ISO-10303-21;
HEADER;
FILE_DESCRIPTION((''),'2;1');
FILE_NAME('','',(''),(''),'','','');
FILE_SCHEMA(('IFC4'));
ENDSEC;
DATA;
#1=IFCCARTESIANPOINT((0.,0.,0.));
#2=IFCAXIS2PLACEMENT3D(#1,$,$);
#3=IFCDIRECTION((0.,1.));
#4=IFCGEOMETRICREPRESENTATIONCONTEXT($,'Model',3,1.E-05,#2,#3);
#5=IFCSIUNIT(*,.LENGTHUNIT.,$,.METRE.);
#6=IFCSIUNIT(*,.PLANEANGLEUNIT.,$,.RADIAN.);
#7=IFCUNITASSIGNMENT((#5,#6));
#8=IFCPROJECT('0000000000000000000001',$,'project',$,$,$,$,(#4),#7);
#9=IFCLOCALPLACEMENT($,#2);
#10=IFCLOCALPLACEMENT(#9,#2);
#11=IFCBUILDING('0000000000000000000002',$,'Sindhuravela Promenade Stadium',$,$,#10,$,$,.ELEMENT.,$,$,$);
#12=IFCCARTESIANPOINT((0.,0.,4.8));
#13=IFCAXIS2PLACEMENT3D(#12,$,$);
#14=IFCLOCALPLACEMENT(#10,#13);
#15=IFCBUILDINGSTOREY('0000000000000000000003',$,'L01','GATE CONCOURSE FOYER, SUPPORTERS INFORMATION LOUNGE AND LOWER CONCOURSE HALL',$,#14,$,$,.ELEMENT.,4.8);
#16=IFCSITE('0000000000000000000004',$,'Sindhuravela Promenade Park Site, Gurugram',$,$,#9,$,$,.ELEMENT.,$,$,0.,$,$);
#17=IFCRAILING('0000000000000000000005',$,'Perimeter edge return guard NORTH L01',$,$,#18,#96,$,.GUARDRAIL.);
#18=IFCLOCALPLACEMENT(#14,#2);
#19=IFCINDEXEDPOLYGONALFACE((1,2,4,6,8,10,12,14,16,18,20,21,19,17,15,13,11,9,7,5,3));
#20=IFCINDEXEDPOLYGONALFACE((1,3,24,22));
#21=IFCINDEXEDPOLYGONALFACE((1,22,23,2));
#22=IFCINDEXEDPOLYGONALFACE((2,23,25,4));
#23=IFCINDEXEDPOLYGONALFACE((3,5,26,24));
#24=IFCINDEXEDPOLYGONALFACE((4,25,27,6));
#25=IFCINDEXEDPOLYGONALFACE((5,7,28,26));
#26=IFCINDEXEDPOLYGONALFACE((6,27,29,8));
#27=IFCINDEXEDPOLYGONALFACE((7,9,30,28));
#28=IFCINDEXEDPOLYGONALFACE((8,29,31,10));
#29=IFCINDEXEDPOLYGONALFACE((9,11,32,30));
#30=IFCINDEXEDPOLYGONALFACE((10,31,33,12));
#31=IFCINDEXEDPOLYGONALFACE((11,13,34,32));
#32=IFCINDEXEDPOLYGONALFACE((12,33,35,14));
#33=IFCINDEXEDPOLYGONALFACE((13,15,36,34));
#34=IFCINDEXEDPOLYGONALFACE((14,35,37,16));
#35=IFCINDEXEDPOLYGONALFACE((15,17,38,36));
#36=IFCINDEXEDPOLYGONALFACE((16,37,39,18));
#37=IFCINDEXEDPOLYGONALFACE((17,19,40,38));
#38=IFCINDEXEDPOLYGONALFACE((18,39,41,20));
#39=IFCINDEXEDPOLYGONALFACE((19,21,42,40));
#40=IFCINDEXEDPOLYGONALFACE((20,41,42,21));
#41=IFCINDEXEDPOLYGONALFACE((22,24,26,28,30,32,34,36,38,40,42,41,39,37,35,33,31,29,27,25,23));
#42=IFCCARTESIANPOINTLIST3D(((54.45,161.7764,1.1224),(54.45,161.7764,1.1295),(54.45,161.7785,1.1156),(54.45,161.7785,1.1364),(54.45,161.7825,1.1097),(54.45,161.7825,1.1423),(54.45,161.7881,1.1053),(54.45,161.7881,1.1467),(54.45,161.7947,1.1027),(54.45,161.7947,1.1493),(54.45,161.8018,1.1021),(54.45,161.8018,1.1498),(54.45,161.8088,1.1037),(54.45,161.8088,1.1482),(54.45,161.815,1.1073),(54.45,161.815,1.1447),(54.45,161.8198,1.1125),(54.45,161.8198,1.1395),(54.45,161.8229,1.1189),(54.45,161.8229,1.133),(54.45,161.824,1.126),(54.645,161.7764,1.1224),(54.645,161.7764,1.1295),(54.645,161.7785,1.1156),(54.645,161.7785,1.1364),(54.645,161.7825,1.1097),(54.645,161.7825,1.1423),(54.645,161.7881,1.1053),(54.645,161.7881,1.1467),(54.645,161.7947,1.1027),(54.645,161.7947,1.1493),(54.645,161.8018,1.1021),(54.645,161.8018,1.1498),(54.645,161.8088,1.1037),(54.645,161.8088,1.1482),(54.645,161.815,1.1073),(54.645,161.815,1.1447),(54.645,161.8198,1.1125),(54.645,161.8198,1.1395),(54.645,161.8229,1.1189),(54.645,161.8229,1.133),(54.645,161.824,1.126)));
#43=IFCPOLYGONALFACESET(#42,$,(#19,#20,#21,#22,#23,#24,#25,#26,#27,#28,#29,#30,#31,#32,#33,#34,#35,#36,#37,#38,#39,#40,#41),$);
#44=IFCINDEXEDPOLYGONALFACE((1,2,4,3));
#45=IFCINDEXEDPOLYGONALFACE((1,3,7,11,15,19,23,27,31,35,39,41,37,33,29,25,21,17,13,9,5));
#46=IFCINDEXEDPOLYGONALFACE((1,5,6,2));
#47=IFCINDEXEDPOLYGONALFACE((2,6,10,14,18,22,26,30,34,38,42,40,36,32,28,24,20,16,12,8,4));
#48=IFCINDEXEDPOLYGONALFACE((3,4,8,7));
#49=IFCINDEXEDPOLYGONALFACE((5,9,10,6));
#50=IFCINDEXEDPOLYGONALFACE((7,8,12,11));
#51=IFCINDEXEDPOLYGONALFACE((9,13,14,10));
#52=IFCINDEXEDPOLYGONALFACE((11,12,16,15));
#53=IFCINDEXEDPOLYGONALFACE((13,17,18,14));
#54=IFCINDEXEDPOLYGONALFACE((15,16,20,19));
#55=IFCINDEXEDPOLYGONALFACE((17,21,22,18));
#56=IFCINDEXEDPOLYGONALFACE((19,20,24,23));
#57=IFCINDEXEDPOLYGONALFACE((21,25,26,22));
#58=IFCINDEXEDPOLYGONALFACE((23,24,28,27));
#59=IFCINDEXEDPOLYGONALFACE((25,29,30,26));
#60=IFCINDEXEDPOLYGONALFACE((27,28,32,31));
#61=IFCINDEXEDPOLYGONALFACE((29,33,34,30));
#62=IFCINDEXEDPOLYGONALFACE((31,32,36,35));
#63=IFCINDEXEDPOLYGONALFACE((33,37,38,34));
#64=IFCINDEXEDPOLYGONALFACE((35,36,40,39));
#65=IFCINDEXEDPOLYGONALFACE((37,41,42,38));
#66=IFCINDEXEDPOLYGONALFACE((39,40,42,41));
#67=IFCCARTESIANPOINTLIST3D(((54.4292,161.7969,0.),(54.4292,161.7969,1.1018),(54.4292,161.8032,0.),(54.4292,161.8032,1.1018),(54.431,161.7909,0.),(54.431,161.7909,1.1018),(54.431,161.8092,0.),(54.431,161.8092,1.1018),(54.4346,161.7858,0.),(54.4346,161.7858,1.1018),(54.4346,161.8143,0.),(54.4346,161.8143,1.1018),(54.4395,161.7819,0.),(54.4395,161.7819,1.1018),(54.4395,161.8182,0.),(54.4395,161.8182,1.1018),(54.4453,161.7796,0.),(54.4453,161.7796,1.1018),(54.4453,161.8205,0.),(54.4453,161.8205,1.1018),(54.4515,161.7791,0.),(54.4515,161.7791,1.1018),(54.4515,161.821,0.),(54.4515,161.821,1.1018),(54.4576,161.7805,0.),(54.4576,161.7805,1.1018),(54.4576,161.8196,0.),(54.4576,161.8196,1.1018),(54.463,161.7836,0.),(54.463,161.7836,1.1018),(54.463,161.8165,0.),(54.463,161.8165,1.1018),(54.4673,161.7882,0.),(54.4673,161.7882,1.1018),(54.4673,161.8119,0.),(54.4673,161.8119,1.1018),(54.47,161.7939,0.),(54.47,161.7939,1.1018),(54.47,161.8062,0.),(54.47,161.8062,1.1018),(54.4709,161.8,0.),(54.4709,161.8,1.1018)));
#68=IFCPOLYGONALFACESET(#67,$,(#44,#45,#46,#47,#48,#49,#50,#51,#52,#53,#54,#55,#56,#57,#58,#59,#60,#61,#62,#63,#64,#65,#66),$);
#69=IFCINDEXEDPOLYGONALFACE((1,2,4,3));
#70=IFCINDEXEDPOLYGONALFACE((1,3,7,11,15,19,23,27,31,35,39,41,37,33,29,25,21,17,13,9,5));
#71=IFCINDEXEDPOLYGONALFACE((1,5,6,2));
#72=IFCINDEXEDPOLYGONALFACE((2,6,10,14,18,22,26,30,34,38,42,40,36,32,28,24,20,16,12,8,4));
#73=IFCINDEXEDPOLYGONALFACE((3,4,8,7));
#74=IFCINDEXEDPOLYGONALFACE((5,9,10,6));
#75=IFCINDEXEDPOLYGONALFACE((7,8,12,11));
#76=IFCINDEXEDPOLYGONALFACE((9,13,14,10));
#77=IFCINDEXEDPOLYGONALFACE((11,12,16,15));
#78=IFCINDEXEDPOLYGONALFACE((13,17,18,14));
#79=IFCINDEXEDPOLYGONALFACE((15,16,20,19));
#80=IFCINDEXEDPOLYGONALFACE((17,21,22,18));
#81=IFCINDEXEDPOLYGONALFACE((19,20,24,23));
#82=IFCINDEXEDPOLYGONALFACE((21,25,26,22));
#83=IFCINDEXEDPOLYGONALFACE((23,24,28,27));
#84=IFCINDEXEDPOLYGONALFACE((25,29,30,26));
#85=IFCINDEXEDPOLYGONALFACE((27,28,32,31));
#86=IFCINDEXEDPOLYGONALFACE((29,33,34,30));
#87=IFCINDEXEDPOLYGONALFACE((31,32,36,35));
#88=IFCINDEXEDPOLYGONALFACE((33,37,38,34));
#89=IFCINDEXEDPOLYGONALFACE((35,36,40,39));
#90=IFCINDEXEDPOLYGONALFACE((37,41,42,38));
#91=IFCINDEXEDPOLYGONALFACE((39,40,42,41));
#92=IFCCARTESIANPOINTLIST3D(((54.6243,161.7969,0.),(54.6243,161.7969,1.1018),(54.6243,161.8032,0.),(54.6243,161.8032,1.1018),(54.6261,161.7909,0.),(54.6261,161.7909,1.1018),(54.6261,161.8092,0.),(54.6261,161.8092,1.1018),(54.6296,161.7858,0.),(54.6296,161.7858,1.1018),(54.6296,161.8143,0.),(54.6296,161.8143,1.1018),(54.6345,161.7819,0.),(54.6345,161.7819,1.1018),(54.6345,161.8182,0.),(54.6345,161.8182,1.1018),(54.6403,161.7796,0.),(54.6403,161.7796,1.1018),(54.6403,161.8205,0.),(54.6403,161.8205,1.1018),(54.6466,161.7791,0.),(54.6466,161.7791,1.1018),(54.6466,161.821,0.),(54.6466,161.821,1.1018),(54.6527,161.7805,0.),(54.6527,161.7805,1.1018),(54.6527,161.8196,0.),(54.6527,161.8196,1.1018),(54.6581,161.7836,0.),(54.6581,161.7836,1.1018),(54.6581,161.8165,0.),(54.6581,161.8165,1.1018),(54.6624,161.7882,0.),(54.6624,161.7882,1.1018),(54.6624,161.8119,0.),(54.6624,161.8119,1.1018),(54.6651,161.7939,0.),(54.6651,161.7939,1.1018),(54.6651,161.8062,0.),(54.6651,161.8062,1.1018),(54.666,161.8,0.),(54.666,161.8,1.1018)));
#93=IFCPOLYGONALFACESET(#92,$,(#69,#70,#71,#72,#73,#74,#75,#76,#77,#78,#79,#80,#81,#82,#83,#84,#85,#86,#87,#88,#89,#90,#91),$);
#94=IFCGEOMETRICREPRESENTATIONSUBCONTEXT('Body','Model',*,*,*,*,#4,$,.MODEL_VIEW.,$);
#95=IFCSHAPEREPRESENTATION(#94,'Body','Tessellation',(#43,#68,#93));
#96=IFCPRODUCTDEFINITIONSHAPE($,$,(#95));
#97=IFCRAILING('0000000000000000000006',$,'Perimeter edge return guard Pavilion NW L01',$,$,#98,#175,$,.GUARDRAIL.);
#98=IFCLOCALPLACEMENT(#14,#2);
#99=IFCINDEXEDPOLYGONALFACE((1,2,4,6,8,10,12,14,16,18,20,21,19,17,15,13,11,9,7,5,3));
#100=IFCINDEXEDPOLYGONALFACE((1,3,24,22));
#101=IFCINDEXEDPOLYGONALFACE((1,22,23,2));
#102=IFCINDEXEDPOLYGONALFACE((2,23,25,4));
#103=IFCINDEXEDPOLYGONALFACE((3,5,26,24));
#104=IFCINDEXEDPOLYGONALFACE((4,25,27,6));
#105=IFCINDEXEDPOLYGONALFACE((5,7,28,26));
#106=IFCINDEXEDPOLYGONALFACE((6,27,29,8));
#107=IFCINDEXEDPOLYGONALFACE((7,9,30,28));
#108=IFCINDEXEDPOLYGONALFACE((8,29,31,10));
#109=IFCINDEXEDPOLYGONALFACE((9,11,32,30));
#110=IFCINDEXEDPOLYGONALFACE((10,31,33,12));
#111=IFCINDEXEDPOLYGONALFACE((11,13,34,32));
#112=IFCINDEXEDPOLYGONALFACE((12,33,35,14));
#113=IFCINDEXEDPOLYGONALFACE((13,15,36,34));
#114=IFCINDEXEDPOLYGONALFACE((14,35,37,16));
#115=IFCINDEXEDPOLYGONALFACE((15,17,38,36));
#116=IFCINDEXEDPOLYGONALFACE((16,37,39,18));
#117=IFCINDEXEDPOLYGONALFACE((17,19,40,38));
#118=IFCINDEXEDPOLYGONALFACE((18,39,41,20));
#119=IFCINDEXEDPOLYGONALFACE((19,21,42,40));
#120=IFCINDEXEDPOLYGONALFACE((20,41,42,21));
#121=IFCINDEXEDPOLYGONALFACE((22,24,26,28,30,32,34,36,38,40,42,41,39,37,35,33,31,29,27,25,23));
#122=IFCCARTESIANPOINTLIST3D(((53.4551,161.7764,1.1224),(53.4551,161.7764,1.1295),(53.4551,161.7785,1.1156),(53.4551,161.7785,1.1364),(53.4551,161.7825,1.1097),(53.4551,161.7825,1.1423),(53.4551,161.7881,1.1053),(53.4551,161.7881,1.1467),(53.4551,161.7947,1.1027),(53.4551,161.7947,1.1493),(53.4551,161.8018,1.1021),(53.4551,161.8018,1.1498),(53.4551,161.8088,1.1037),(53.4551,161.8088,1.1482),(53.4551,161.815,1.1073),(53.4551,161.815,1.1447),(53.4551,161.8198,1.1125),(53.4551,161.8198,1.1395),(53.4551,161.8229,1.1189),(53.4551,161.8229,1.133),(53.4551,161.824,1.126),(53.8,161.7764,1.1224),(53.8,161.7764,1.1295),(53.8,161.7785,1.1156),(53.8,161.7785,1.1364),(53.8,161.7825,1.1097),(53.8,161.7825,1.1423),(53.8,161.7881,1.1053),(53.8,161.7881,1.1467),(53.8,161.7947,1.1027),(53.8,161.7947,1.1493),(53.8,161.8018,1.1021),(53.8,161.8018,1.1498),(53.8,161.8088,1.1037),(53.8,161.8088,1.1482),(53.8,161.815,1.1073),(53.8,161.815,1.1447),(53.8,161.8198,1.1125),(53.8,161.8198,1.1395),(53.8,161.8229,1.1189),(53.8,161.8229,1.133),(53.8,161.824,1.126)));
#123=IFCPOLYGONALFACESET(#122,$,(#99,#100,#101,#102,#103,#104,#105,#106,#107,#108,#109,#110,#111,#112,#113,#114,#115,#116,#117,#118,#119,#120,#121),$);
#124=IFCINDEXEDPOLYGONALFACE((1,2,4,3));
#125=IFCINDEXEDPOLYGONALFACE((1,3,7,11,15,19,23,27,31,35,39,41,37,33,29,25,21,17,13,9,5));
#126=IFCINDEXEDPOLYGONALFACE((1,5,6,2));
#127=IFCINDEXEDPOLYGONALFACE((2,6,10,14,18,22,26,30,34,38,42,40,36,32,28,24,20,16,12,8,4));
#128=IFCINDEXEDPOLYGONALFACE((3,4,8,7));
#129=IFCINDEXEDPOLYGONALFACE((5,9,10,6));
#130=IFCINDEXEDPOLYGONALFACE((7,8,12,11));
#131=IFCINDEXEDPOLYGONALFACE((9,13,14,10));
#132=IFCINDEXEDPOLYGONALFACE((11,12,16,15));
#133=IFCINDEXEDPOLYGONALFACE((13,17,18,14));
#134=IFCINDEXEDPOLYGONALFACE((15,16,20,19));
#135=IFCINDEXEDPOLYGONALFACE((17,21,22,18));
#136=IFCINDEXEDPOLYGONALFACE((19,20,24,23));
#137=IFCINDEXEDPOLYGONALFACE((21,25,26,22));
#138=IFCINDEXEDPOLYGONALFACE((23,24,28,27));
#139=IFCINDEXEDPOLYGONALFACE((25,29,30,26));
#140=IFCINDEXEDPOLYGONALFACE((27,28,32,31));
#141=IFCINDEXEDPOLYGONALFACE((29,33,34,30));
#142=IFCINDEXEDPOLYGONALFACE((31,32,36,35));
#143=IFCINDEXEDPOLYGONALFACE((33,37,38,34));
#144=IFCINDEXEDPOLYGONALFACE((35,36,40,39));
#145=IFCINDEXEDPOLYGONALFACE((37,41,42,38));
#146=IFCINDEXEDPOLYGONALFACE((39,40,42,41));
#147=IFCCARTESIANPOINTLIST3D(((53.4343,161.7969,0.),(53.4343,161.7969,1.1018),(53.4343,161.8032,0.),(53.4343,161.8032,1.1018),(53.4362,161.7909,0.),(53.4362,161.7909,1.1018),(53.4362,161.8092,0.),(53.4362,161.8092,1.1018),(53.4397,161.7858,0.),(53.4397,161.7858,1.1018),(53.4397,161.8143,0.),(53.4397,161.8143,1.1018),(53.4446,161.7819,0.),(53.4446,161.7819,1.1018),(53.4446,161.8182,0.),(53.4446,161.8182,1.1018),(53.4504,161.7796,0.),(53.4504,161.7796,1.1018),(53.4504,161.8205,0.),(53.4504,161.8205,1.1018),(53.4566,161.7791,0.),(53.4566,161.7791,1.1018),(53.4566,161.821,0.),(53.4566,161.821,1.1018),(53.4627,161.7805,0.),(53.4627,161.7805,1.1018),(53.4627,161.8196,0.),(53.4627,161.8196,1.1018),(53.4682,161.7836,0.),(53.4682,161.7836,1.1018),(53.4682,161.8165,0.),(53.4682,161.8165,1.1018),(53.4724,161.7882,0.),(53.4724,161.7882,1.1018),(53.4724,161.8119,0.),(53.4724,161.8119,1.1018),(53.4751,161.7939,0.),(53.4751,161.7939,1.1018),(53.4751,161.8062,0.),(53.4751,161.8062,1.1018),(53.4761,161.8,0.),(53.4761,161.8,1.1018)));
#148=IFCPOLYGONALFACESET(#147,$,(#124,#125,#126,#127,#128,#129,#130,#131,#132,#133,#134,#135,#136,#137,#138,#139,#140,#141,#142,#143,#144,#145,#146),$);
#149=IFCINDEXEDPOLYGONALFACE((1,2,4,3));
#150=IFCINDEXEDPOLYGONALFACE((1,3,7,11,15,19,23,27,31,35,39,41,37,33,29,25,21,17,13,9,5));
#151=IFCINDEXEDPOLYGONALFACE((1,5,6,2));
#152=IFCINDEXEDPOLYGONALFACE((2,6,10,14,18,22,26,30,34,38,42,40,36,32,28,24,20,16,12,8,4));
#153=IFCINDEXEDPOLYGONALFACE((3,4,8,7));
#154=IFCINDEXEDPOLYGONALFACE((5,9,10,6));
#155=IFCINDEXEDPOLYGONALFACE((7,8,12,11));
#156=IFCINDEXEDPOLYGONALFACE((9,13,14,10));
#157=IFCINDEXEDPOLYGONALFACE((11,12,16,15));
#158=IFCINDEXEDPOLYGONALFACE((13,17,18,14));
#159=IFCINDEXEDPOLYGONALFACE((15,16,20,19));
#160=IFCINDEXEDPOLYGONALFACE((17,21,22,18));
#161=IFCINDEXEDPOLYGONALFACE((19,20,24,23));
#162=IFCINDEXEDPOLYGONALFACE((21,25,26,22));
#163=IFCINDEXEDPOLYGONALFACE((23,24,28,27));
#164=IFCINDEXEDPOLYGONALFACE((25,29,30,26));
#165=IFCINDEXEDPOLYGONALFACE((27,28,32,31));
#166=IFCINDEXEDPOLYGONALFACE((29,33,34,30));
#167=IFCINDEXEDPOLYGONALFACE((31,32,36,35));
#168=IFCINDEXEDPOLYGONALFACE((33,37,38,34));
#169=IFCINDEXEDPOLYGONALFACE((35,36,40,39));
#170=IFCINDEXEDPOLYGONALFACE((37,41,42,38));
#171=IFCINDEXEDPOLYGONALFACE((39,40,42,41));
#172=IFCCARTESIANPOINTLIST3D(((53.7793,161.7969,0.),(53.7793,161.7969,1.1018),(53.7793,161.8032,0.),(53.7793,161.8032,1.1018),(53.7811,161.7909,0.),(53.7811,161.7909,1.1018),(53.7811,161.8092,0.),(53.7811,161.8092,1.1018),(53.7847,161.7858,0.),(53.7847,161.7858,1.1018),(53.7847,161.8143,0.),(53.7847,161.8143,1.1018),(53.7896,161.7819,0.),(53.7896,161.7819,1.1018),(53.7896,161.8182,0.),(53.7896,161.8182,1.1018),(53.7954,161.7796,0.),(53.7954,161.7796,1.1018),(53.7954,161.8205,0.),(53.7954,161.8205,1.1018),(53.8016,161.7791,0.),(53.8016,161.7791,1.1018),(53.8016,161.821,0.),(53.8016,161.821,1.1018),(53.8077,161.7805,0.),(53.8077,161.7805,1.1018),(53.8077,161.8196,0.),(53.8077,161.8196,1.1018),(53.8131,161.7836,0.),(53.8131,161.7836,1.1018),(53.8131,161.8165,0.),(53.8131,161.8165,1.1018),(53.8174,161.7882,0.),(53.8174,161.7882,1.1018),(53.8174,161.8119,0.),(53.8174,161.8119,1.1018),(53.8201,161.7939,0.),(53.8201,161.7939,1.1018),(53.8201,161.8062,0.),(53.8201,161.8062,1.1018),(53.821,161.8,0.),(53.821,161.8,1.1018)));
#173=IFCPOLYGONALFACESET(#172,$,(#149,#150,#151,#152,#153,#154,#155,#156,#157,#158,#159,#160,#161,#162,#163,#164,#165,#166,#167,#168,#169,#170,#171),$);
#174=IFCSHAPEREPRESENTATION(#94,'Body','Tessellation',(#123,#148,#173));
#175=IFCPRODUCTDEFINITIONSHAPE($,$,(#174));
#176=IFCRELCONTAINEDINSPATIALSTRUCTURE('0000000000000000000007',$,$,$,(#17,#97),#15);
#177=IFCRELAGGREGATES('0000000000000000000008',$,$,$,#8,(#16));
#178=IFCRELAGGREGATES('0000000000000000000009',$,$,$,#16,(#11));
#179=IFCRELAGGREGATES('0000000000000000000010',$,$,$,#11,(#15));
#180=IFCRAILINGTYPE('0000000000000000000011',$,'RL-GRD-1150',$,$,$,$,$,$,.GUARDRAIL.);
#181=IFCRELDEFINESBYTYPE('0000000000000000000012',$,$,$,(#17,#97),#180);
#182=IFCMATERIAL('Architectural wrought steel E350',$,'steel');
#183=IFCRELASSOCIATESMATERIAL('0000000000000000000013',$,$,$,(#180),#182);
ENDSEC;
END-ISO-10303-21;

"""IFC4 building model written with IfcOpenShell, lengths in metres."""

from ifc_helpers import new_model, si_unit, direction, frame, origin, origin_2d, place, context, subcontext, project, spatial, circle, extrude, material, type_object, element, save


model = new_model("IFC4")

# Units and contexts
model_context = context("Model", 3, precision=1e-05, world=origin(), true_north=direction((0.0, 1.0)))
body_context = subcontext(model_context, "Body", "Model", "MODEL_VIEW")
ifc_project = project(units=[si_unit("LENGTHUNIT", "METRE"), si_unit("PLANEANGLEUNIT", "RADIAN")], contexts=[model_context])

# Site, building, storey
site_placement = place(None, origin())
site = spatial("IfcSite", under=ifc_project, at=site_placement, Name="Sindhuravela Promenade Park Site, Gurugram", CompositionType="ELEMENT", RefElevation=0.0)
building_placement = place(site_placement, origin())
building = spatial("IfcBuilding", under=site, at=building_placement, Name="Sindhuravela Promenade Stadium", CompositionType="ELEMENT")
storey_placement = place(building_placement, frame((0.0, 0.0, 4.8)))
storey = spatial("IfcBuildingStorey", under=building, at=storey_placement, Name="L01", Description="GATE CONCOURSE FOYER, SUPPORTERS INFORMATION LOUNGE AND LOWER CONCOURSE HALL", CompositionType="ELEMENT", Elevation=4.8)

# Railings
ifc_material_1 = material(Name="Architectural wrought steel E350", Category="steel")
railing_type = type_object("IfcRailingType", Name="RL-GRD-1150", PredefinedType="GUARDRAIL", material=ifc_material_1)
railing_1_placement = place(storey_placement, frame((54.45, 161.8, 0.0)))
element("IfcRailing", 1, at=railing_1_placement, inside=storey, type_object=railing_type, Name="Perimeter edge return guard NORTH L01", PredefinedType="GUARDRAIL", context=body_context, shape_type="SweptSolid", body=[
    extrude(circle(Radius=0.0239, at=origin_2d()), frame((0.0, 0.0, 1.126), z_axis=(1.0, 0.0, 0.0), x_axis=(0.0, 1.0, 0.0)), (0.0, 0.0, 1.0), 0.1951),
    extrude(circle(Radius=0.021, at=origin_2d()), origin(), (0.0, 0.0, 1.0), 1.1018),
    extrude(circle(Radius=0.021, at=origin_2d()), frame((0.1951, 0.0, 0.0)), (0.0, 0.0, 1.0), 1.1018),
])
railing_2_placement = place(storey_placement, frame((53.4551, 161.8, 0.0)))
element("IfcRailing", 2, at=railing_2_placement, inside=storey, type_object=railing_type, Name="Perimeter edge return guard Pavilion NW L01", PredefinedType="GUARDRAIL", context=body_context, shape_type="SweptSolid", body=[
    extrude(circle(Radius=0.0239, at=origin_2d()), frame((0.0, 0.0, 1.126), z_axis=(1.0, 0.0, 0.0), x_axis=(0.0, 1.0, 0.0)), (0.0, 0.0, 1.0), 0.345),
    extrude(circle(Radius=0.021, at=origin_2d()), origin(), (0.0, 0.0, 1.0), 1.1018),
    extrude(circle(Radius=0.021, at=origin_2d()), frame((0.345, 0.0, 0.0)), (0.0, 0.0, 1.0), 1.1018),
])

save(model, "model.ifc")
